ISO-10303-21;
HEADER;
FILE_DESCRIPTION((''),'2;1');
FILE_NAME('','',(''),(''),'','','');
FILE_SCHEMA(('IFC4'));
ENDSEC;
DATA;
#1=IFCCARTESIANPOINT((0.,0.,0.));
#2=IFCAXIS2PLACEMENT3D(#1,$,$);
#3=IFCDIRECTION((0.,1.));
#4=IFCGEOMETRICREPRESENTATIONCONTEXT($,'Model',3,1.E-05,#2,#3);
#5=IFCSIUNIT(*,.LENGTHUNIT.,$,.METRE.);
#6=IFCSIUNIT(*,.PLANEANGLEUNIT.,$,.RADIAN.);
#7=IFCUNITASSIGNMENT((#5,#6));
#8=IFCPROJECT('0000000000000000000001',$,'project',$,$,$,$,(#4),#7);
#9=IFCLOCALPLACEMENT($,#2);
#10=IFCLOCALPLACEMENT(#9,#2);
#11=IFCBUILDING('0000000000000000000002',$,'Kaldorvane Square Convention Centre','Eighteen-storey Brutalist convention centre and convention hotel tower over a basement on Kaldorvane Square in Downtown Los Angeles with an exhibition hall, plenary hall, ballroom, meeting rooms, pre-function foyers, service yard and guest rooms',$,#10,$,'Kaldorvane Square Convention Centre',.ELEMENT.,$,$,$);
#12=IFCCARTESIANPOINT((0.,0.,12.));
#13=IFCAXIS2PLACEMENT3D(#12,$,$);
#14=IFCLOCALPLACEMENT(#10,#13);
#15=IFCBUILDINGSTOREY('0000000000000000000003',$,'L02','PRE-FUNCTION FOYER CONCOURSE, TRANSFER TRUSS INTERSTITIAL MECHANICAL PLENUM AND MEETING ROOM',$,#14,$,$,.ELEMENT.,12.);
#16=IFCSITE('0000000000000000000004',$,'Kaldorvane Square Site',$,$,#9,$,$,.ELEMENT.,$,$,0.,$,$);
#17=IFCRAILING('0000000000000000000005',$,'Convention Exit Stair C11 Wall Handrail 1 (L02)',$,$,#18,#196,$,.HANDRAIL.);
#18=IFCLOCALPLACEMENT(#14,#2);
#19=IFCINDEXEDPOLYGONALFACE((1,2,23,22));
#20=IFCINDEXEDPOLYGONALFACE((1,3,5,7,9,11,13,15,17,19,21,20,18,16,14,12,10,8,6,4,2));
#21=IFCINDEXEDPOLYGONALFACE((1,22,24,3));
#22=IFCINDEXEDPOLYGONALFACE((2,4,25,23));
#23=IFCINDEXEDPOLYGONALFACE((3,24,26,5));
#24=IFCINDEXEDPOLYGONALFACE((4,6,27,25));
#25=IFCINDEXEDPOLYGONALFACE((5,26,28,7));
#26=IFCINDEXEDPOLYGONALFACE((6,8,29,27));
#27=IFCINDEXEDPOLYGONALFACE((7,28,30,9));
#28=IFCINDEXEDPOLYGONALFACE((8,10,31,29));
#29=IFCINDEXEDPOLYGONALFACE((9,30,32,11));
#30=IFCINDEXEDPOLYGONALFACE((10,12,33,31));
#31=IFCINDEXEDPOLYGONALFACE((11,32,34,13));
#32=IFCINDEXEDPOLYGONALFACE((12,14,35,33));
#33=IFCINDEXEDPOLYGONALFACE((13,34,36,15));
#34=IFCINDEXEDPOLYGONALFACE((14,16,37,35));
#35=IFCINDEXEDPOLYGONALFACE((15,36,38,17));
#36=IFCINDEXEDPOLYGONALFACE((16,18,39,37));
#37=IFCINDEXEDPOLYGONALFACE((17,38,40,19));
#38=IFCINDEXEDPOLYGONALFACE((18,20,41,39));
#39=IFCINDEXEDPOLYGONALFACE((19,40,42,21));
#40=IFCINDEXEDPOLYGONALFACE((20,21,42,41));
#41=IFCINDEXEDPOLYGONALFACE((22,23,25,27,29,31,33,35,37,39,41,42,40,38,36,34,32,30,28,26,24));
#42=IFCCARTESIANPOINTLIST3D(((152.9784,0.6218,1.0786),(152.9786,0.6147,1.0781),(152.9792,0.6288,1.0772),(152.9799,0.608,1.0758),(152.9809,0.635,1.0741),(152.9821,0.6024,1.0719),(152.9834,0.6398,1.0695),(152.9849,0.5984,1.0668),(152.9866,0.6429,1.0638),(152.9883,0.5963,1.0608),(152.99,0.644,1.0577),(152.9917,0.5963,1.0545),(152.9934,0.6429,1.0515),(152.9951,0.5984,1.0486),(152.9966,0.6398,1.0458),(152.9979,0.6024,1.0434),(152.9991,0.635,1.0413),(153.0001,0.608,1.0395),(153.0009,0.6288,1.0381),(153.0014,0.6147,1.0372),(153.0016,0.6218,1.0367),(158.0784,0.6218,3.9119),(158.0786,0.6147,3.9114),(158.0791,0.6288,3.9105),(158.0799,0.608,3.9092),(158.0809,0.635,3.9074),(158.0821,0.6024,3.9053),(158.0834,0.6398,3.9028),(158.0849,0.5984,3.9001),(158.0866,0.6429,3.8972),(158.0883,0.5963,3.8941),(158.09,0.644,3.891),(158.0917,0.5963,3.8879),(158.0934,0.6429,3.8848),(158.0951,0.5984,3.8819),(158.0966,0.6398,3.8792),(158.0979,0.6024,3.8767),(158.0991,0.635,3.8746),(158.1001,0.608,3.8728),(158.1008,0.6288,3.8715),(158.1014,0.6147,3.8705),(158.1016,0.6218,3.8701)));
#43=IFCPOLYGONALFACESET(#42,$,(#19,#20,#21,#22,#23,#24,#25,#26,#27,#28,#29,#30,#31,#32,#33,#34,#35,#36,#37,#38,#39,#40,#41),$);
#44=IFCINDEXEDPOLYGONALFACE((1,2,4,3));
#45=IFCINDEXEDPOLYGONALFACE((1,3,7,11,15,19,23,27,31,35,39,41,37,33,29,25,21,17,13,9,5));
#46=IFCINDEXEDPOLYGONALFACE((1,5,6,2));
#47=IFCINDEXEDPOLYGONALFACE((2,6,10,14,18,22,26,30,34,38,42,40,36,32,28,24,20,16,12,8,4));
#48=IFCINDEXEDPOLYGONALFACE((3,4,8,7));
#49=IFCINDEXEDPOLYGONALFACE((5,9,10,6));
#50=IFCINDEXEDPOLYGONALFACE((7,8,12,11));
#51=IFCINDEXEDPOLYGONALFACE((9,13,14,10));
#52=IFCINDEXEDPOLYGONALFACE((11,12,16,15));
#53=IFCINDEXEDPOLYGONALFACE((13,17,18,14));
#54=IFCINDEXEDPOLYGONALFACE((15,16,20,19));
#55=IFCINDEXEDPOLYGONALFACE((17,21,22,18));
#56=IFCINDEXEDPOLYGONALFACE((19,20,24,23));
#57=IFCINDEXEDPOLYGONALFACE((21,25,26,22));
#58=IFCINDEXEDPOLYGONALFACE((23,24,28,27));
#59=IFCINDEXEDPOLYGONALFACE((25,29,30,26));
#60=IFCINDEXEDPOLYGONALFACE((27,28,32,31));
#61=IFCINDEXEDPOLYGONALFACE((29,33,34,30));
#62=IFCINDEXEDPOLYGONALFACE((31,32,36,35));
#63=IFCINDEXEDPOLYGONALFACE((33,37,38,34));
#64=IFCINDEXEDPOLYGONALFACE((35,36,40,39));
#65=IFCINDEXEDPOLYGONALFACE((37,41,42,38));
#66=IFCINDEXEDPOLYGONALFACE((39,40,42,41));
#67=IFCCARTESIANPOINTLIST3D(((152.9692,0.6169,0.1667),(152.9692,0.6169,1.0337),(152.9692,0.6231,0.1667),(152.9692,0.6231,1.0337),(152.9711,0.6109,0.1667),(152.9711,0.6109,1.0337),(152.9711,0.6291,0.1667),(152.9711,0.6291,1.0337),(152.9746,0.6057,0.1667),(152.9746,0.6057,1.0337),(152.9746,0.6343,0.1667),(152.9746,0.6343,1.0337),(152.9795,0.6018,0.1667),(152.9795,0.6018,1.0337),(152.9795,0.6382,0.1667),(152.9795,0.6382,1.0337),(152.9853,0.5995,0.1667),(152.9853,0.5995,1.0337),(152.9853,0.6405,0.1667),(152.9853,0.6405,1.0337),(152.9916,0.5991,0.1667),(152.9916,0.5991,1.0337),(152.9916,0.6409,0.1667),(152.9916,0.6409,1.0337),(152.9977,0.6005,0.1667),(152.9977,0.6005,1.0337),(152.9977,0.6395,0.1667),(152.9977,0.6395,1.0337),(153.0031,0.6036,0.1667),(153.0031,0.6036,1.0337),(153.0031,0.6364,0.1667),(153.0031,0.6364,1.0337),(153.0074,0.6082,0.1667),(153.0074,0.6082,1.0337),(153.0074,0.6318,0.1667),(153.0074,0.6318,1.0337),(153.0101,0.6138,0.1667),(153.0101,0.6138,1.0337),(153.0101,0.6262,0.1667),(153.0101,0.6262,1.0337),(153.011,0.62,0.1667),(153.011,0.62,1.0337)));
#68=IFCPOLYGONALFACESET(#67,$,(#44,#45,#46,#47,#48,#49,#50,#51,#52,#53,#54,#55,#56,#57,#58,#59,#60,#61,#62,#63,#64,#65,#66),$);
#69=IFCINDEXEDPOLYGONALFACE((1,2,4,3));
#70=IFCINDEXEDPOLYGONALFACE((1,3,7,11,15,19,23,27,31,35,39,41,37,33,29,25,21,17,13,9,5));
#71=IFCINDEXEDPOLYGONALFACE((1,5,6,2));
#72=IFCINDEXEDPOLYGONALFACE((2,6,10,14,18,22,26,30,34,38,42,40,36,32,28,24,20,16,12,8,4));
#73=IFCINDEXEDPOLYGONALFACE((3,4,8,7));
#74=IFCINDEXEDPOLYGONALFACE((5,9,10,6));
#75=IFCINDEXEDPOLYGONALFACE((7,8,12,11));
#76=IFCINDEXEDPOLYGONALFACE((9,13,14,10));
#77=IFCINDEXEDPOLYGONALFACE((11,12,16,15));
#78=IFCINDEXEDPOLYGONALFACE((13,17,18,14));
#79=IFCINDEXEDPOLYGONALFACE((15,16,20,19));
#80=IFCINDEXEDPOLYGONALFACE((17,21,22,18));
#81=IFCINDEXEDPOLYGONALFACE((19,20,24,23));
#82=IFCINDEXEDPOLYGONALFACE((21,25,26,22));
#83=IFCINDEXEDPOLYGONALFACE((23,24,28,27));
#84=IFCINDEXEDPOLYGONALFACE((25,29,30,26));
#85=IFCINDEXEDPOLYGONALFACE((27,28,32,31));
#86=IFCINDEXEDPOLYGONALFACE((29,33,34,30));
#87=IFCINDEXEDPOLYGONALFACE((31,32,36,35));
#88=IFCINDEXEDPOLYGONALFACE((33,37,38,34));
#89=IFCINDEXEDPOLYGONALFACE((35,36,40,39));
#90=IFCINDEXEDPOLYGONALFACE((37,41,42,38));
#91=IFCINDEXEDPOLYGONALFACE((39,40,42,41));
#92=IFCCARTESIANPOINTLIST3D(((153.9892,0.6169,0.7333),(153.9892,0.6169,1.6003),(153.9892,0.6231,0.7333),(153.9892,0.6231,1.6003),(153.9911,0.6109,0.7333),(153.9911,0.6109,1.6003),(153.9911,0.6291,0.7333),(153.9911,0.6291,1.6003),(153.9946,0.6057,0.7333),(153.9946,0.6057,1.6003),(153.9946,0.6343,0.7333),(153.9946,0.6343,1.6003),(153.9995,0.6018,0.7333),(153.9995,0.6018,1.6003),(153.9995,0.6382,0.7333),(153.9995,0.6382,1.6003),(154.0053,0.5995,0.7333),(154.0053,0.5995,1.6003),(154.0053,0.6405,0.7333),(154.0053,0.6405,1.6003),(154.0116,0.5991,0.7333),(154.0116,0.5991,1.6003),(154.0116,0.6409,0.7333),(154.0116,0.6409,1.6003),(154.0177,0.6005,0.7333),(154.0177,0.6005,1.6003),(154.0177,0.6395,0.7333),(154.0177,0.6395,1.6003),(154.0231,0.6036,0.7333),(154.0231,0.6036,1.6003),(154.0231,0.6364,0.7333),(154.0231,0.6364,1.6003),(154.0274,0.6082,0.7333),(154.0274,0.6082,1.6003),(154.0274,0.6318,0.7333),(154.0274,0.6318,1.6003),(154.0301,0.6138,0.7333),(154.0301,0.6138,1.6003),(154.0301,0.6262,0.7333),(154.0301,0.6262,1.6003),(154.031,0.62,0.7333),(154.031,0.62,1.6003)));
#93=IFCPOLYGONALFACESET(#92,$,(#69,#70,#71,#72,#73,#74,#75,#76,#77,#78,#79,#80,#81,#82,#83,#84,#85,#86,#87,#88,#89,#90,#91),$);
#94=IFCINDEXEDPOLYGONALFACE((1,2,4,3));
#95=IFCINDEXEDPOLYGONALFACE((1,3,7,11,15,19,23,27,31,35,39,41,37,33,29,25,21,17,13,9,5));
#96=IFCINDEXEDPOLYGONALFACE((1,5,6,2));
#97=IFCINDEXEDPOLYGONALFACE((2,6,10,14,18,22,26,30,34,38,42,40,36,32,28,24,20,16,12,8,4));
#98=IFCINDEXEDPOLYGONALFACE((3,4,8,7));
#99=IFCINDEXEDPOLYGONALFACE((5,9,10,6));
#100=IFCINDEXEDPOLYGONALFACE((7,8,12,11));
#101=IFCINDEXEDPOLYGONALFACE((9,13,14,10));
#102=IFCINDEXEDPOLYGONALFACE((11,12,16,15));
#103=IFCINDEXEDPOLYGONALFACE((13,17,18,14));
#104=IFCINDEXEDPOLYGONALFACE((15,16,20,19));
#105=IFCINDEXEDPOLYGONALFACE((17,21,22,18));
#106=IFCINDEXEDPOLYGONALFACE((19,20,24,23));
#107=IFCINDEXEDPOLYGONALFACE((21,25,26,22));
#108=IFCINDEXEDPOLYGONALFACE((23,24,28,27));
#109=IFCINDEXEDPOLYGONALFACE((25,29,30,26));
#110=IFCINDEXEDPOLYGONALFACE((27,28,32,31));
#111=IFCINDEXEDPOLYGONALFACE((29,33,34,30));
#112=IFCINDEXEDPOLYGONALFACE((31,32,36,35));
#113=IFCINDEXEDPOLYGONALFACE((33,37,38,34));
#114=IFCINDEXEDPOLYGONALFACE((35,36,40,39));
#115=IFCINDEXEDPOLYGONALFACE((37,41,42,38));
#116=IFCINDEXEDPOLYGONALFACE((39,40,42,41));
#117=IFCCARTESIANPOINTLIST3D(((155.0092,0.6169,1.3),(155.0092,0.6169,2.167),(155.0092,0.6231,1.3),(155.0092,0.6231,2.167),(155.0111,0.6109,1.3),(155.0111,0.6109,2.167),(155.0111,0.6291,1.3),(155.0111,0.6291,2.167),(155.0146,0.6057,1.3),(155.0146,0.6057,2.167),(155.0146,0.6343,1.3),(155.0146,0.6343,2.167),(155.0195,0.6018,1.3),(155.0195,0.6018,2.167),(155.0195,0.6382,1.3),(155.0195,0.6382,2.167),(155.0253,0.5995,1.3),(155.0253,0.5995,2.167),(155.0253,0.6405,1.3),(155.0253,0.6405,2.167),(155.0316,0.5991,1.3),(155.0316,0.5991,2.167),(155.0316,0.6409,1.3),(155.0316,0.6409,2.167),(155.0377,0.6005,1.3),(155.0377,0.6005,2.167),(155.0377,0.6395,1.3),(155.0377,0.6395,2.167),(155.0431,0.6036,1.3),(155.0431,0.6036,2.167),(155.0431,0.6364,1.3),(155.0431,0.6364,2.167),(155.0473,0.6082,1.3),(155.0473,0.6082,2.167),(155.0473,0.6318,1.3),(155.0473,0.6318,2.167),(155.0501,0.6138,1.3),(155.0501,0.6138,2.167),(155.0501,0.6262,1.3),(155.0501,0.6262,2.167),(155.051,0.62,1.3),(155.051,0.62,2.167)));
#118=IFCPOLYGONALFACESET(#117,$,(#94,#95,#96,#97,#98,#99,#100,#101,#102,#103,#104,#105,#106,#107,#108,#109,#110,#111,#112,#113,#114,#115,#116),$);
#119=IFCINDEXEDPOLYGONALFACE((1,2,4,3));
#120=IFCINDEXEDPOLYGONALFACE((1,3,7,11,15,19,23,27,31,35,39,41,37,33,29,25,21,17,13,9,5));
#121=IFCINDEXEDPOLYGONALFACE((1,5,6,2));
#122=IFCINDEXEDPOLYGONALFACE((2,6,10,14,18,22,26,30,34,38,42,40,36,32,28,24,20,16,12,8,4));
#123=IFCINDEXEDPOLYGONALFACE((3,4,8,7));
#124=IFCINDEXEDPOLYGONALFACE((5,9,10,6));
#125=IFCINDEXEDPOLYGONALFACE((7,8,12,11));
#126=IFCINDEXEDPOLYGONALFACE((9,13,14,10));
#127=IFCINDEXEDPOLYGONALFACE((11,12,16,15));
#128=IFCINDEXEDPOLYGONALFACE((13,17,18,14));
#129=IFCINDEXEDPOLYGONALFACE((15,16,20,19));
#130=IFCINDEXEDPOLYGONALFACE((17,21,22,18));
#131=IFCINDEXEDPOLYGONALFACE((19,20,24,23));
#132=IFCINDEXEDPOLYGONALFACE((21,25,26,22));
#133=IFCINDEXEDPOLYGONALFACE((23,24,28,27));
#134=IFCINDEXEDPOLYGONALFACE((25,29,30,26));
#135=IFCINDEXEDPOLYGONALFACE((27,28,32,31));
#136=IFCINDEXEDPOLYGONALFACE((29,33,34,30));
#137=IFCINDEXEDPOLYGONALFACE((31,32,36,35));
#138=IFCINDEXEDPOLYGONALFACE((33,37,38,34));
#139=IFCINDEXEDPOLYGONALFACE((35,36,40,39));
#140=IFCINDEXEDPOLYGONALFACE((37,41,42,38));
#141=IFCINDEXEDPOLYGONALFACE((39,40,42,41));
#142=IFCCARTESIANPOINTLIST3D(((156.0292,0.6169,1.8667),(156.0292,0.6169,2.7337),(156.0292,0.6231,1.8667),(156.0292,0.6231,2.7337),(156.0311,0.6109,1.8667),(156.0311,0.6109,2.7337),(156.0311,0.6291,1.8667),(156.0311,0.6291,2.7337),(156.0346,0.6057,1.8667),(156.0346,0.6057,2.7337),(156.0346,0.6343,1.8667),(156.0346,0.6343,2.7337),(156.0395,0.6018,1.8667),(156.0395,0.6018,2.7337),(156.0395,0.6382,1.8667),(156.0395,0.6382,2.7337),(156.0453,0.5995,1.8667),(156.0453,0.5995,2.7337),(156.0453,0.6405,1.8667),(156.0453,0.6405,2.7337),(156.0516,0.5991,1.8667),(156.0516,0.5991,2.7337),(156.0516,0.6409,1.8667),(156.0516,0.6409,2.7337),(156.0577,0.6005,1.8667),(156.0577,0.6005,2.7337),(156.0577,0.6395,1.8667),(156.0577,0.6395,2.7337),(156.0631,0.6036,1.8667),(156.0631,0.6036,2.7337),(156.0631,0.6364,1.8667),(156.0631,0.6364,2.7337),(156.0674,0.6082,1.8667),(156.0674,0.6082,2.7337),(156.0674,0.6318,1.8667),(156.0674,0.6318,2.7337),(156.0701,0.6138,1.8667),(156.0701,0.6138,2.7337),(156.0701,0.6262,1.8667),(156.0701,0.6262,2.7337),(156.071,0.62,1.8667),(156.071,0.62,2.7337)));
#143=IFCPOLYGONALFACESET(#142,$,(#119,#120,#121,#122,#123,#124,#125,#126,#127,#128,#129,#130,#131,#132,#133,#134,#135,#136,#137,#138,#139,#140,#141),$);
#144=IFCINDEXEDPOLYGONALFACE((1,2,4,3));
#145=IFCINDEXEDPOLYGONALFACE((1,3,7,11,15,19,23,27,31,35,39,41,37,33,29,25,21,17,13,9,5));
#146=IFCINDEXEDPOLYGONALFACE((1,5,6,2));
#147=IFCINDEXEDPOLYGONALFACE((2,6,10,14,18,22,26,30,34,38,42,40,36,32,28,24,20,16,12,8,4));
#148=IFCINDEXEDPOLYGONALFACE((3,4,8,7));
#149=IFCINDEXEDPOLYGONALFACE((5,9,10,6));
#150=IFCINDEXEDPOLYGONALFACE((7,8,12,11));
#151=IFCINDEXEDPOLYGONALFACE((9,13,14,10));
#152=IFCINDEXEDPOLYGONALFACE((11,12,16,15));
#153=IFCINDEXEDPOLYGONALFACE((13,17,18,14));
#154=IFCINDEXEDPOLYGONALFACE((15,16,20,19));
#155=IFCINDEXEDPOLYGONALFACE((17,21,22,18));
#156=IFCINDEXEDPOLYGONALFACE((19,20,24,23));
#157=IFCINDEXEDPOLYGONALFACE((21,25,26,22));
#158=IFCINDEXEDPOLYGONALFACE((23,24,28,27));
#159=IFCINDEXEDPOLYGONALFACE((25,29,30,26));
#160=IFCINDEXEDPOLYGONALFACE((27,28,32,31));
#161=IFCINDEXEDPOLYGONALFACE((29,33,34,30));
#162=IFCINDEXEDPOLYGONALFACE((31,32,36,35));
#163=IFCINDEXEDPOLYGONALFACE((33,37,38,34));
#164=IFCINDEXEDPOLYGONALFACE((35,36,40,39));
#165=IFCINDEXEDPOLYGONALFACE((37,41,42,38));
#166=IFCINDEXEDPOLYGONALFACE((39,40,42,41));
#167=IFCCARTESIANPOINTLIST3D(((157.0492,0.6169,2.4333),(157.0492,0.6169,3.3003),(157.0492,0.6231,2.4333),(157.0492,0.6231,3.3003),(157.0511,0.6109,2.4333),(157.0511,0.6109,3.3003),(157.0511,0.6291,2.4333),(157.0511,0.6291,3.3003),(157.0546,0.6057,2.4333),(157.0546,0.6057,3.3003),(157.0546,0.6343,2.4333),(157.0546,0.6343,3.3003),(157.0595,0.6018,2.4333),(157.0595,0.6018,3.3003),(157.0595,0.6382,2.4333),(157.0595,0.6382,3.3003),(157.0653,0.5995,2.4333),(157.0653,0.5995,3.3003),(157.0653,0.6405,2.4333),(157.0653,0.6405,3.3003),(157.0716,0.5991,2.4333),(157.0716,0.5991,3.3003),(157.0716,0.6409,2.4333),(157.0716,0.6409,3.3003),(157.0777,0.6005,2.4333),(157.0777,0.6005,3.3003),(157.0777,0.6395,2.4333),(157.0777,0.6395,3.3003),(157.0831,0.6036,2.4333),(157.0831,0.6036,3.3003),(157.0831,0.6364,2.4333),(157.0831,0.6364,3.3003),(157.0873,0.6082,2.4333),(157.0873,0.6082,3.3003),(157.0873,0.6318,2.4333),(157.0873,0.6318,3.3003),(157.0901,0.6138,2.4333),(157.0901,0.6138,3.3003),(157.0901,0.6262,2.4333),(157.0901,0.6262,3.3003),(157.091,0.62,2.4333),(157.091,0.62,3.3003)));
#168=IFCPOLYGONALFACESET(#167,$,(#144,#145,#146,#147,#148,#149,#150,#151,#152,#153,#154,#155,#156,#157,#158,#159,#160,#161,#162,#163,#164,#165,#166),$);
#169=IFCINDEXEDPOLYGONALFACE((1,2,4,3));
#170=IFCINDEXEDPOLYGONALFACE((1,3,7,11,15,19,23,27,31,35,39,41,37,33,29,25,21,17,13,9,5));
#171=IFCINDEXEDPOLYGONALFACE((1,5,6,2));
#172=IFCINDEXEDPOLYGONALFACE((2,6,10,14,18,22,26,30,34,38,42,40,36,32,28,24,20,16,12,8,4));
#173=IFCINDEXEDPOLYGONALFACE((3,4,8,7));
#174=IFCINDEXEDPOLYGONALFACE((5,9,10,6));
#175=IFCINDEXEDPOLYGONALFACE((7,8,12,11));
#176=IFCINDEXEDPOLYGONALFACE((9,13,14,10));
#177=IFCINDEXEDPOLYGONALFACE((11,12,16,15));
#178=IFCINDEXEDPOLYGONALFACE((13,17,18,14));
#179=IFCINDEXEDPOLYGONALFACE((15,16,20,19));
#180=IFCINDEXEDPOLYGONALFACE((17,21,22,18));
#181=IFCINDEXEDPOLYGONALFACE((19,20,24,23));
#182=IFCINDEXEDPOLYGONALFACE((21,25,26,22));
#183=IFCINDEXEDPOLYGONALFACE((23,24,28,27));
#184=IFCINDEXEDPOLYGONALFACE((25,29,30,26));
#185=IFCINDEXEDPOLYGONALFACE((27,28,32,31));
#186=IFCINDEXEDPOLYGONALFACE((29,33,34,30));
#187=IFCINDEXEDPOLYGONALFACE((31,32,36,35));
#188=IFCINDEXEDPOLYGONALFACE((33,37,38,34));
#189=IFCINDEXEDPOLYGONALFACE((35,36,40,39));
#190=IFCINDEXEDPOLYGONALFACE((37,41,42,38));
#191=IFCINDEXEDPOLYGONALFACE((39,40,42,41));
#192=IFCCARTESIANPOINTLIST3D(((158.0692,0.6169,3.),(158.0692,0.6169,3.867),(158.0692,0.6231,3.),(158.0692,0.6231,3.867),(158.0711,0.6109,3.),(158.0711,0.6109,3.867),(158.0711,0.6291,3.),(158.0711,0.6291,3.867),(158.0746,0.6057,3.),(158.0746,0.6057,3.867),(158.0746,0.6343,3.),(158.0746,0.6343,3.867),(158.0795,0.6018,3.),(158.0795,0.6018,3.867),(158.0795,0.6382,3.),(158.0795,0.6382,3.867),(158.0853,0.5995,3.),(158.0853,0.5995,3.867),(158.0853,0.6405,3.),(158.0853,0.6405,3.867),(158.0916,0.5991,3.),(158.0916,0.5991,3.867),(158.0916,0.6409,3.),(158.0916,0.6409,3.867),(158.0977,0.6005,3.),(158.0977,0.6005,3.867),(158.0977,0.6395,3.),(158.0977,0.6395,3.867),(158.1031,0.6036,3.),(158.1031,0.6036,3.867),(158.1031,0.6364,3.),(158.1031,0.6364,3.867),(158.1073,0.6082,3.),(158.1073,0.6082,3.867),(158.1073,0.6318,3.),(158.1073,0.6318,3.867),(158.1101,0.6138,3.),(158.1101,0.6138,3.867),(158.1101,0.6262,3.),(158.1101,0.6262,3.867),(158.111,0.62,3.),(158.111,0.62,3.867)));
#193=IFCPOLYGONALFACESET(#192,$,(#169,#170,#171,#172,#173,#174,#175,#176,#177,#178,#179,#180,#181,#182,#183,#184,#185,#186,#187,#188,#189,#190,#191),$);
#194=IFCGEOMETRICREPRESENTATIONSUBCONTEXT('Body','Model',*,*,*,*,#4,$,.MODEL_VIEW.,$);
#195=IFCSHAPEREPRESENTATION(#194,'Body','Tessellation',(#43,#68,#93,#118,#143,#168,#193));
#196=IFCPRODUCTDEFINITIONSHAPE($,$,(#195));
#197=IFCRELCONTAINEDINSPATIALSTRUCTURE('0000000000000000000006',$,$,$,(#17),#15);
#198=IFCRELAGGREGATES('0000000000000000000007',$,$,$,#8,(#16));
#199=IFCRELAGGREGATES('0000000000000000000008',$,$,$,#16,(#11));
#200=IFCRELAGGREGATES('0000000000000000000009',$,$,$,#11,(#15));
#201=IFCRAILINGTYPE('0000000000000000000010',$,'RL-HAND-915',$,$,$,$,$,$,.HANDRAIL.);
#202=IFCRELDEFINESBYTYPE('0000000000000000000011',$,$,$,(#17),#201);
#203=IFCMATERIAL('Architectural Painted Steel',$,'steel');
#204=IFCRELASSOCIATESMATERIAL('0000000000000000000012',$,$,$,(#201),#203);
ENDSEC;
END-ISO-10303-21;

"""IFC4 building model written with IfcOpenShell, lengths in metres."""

from ifc_helpers import new_model, si_unit, direction, frame, origin, origin_2d, place, context, subcontext, project, spatial, circle, extrude, material, type_object, element, save


model = new_model("IFC4")

# Units and contexts
model_context = context("Model", 3, precision=1e-05, world=origin(), true_north=direction((0.0, 1.0)))
body_context = subcontext(model_context, "Body", "Model", "MODEL_VIEW")
ifc_project = project(units=[si_unit("LENGTHUNIT", "METRE"), si_unit("PLANEANGLEUNIT", "RADIAN")], contexts=[model_context])

# Site, building, storey
site_placement = place(None, origin())
site = spatial("IfcSite", under=ifc_project, at=site_placement, Name="Kaldorvane Square Site", CompositionType="ELEMENT", RefElevation=0.0)
building_placement = place(site_placement, origin())
building = spatial("IfcBuilding", under=site, at=building_placement, Name="Kaldorvane Square Convention Centre", Description="Eighteen-storey Brutalist convention centre and convention hotel tower over a basement on Kaldorvane Square in Downtown Los Angeles with an exhibition hall, plenary hall, ballroom, meeting rooms, pre-function foyers, service yard and guest rooms", LongName="Kaldorvane Square Convention Centre", CompositionType="ELEMENT")
storey_placement = place(building_placement, frame((0.0, 0.0, 12.0)))
storey = spatial("IfcBuildingStorey", under=building, at=storey_placement, Name="L02", Description="PRE-FUNCTION FOYER CONCOURSE, TRANSFER TRUSS INTERSTITIAL MECHANICAL PLENUM AND MEETING ROOM", CompositionType="ELEMENT", Elevation=12.0)

# Railing
ifc_material_1 = material(Name="Architectural Painted Steel", Category="steel")
railing_type_1 = type_object("IfcRailingType", Name="RL-HAND-915", PredefinedType="HANDRAIL", material=ifc_material_1)
railing_1_placement = place(storey_placement, frame((152.99, 0.62, 0.1667)))
element("IfcRailing", 1, at=railing_1_placement, inside=storey, type_object=railing_type_1, Name="Convention Exit Stair C11 Wall Handrail 1 (L02)", PredefinedType="HANDRAIL", context=body_context, shape_type="SweptSolid", body=[
    extrude(circle(Radius=0.024, at=origin_2d()), frame((0.0, 0.0, 0.891), z_axis=(0.874157, 0.0, 0.485643), x_axis=(0.0, 1.0, 0.0)), (0.0, 0.0, 1.0), 5.8342),
    extrude(circle(Radius=0.021, at=origin_2d()), origin(), (0.0, 0.0, 1.0), 0.867),
    extrude(circle(Radius=0.021, at=origin_2d()), frame((1.02, 0.0, 0.5667)), (0.0, 0.0, 1.0), 0.867),
    extrude(circle(Radius=0.021, at=origin_2d()), frame((2.04, 0.0, 1.1333)), (0.0, 0.0, 1.0), 0.867),
    extrude(circle(Radius=0.021, at=origin_2d()), frame((3.06, 0.0, 1.7)), (0.0, 0.0, 1.0), 0.867),
    extrude(circle(Radius=0.021, at=origin_2d()), frame((4.08, 0.0, 2.2667)), (0.0, 0.0, 1.0), 0.867),
    extrude(circle(Radius=0.021, at=origin_2d()), frame((5.1, 0.0, 2.8333)), (0.0, 0.0, 1.0), 0.867),
])

save(model, "model.ifc")
